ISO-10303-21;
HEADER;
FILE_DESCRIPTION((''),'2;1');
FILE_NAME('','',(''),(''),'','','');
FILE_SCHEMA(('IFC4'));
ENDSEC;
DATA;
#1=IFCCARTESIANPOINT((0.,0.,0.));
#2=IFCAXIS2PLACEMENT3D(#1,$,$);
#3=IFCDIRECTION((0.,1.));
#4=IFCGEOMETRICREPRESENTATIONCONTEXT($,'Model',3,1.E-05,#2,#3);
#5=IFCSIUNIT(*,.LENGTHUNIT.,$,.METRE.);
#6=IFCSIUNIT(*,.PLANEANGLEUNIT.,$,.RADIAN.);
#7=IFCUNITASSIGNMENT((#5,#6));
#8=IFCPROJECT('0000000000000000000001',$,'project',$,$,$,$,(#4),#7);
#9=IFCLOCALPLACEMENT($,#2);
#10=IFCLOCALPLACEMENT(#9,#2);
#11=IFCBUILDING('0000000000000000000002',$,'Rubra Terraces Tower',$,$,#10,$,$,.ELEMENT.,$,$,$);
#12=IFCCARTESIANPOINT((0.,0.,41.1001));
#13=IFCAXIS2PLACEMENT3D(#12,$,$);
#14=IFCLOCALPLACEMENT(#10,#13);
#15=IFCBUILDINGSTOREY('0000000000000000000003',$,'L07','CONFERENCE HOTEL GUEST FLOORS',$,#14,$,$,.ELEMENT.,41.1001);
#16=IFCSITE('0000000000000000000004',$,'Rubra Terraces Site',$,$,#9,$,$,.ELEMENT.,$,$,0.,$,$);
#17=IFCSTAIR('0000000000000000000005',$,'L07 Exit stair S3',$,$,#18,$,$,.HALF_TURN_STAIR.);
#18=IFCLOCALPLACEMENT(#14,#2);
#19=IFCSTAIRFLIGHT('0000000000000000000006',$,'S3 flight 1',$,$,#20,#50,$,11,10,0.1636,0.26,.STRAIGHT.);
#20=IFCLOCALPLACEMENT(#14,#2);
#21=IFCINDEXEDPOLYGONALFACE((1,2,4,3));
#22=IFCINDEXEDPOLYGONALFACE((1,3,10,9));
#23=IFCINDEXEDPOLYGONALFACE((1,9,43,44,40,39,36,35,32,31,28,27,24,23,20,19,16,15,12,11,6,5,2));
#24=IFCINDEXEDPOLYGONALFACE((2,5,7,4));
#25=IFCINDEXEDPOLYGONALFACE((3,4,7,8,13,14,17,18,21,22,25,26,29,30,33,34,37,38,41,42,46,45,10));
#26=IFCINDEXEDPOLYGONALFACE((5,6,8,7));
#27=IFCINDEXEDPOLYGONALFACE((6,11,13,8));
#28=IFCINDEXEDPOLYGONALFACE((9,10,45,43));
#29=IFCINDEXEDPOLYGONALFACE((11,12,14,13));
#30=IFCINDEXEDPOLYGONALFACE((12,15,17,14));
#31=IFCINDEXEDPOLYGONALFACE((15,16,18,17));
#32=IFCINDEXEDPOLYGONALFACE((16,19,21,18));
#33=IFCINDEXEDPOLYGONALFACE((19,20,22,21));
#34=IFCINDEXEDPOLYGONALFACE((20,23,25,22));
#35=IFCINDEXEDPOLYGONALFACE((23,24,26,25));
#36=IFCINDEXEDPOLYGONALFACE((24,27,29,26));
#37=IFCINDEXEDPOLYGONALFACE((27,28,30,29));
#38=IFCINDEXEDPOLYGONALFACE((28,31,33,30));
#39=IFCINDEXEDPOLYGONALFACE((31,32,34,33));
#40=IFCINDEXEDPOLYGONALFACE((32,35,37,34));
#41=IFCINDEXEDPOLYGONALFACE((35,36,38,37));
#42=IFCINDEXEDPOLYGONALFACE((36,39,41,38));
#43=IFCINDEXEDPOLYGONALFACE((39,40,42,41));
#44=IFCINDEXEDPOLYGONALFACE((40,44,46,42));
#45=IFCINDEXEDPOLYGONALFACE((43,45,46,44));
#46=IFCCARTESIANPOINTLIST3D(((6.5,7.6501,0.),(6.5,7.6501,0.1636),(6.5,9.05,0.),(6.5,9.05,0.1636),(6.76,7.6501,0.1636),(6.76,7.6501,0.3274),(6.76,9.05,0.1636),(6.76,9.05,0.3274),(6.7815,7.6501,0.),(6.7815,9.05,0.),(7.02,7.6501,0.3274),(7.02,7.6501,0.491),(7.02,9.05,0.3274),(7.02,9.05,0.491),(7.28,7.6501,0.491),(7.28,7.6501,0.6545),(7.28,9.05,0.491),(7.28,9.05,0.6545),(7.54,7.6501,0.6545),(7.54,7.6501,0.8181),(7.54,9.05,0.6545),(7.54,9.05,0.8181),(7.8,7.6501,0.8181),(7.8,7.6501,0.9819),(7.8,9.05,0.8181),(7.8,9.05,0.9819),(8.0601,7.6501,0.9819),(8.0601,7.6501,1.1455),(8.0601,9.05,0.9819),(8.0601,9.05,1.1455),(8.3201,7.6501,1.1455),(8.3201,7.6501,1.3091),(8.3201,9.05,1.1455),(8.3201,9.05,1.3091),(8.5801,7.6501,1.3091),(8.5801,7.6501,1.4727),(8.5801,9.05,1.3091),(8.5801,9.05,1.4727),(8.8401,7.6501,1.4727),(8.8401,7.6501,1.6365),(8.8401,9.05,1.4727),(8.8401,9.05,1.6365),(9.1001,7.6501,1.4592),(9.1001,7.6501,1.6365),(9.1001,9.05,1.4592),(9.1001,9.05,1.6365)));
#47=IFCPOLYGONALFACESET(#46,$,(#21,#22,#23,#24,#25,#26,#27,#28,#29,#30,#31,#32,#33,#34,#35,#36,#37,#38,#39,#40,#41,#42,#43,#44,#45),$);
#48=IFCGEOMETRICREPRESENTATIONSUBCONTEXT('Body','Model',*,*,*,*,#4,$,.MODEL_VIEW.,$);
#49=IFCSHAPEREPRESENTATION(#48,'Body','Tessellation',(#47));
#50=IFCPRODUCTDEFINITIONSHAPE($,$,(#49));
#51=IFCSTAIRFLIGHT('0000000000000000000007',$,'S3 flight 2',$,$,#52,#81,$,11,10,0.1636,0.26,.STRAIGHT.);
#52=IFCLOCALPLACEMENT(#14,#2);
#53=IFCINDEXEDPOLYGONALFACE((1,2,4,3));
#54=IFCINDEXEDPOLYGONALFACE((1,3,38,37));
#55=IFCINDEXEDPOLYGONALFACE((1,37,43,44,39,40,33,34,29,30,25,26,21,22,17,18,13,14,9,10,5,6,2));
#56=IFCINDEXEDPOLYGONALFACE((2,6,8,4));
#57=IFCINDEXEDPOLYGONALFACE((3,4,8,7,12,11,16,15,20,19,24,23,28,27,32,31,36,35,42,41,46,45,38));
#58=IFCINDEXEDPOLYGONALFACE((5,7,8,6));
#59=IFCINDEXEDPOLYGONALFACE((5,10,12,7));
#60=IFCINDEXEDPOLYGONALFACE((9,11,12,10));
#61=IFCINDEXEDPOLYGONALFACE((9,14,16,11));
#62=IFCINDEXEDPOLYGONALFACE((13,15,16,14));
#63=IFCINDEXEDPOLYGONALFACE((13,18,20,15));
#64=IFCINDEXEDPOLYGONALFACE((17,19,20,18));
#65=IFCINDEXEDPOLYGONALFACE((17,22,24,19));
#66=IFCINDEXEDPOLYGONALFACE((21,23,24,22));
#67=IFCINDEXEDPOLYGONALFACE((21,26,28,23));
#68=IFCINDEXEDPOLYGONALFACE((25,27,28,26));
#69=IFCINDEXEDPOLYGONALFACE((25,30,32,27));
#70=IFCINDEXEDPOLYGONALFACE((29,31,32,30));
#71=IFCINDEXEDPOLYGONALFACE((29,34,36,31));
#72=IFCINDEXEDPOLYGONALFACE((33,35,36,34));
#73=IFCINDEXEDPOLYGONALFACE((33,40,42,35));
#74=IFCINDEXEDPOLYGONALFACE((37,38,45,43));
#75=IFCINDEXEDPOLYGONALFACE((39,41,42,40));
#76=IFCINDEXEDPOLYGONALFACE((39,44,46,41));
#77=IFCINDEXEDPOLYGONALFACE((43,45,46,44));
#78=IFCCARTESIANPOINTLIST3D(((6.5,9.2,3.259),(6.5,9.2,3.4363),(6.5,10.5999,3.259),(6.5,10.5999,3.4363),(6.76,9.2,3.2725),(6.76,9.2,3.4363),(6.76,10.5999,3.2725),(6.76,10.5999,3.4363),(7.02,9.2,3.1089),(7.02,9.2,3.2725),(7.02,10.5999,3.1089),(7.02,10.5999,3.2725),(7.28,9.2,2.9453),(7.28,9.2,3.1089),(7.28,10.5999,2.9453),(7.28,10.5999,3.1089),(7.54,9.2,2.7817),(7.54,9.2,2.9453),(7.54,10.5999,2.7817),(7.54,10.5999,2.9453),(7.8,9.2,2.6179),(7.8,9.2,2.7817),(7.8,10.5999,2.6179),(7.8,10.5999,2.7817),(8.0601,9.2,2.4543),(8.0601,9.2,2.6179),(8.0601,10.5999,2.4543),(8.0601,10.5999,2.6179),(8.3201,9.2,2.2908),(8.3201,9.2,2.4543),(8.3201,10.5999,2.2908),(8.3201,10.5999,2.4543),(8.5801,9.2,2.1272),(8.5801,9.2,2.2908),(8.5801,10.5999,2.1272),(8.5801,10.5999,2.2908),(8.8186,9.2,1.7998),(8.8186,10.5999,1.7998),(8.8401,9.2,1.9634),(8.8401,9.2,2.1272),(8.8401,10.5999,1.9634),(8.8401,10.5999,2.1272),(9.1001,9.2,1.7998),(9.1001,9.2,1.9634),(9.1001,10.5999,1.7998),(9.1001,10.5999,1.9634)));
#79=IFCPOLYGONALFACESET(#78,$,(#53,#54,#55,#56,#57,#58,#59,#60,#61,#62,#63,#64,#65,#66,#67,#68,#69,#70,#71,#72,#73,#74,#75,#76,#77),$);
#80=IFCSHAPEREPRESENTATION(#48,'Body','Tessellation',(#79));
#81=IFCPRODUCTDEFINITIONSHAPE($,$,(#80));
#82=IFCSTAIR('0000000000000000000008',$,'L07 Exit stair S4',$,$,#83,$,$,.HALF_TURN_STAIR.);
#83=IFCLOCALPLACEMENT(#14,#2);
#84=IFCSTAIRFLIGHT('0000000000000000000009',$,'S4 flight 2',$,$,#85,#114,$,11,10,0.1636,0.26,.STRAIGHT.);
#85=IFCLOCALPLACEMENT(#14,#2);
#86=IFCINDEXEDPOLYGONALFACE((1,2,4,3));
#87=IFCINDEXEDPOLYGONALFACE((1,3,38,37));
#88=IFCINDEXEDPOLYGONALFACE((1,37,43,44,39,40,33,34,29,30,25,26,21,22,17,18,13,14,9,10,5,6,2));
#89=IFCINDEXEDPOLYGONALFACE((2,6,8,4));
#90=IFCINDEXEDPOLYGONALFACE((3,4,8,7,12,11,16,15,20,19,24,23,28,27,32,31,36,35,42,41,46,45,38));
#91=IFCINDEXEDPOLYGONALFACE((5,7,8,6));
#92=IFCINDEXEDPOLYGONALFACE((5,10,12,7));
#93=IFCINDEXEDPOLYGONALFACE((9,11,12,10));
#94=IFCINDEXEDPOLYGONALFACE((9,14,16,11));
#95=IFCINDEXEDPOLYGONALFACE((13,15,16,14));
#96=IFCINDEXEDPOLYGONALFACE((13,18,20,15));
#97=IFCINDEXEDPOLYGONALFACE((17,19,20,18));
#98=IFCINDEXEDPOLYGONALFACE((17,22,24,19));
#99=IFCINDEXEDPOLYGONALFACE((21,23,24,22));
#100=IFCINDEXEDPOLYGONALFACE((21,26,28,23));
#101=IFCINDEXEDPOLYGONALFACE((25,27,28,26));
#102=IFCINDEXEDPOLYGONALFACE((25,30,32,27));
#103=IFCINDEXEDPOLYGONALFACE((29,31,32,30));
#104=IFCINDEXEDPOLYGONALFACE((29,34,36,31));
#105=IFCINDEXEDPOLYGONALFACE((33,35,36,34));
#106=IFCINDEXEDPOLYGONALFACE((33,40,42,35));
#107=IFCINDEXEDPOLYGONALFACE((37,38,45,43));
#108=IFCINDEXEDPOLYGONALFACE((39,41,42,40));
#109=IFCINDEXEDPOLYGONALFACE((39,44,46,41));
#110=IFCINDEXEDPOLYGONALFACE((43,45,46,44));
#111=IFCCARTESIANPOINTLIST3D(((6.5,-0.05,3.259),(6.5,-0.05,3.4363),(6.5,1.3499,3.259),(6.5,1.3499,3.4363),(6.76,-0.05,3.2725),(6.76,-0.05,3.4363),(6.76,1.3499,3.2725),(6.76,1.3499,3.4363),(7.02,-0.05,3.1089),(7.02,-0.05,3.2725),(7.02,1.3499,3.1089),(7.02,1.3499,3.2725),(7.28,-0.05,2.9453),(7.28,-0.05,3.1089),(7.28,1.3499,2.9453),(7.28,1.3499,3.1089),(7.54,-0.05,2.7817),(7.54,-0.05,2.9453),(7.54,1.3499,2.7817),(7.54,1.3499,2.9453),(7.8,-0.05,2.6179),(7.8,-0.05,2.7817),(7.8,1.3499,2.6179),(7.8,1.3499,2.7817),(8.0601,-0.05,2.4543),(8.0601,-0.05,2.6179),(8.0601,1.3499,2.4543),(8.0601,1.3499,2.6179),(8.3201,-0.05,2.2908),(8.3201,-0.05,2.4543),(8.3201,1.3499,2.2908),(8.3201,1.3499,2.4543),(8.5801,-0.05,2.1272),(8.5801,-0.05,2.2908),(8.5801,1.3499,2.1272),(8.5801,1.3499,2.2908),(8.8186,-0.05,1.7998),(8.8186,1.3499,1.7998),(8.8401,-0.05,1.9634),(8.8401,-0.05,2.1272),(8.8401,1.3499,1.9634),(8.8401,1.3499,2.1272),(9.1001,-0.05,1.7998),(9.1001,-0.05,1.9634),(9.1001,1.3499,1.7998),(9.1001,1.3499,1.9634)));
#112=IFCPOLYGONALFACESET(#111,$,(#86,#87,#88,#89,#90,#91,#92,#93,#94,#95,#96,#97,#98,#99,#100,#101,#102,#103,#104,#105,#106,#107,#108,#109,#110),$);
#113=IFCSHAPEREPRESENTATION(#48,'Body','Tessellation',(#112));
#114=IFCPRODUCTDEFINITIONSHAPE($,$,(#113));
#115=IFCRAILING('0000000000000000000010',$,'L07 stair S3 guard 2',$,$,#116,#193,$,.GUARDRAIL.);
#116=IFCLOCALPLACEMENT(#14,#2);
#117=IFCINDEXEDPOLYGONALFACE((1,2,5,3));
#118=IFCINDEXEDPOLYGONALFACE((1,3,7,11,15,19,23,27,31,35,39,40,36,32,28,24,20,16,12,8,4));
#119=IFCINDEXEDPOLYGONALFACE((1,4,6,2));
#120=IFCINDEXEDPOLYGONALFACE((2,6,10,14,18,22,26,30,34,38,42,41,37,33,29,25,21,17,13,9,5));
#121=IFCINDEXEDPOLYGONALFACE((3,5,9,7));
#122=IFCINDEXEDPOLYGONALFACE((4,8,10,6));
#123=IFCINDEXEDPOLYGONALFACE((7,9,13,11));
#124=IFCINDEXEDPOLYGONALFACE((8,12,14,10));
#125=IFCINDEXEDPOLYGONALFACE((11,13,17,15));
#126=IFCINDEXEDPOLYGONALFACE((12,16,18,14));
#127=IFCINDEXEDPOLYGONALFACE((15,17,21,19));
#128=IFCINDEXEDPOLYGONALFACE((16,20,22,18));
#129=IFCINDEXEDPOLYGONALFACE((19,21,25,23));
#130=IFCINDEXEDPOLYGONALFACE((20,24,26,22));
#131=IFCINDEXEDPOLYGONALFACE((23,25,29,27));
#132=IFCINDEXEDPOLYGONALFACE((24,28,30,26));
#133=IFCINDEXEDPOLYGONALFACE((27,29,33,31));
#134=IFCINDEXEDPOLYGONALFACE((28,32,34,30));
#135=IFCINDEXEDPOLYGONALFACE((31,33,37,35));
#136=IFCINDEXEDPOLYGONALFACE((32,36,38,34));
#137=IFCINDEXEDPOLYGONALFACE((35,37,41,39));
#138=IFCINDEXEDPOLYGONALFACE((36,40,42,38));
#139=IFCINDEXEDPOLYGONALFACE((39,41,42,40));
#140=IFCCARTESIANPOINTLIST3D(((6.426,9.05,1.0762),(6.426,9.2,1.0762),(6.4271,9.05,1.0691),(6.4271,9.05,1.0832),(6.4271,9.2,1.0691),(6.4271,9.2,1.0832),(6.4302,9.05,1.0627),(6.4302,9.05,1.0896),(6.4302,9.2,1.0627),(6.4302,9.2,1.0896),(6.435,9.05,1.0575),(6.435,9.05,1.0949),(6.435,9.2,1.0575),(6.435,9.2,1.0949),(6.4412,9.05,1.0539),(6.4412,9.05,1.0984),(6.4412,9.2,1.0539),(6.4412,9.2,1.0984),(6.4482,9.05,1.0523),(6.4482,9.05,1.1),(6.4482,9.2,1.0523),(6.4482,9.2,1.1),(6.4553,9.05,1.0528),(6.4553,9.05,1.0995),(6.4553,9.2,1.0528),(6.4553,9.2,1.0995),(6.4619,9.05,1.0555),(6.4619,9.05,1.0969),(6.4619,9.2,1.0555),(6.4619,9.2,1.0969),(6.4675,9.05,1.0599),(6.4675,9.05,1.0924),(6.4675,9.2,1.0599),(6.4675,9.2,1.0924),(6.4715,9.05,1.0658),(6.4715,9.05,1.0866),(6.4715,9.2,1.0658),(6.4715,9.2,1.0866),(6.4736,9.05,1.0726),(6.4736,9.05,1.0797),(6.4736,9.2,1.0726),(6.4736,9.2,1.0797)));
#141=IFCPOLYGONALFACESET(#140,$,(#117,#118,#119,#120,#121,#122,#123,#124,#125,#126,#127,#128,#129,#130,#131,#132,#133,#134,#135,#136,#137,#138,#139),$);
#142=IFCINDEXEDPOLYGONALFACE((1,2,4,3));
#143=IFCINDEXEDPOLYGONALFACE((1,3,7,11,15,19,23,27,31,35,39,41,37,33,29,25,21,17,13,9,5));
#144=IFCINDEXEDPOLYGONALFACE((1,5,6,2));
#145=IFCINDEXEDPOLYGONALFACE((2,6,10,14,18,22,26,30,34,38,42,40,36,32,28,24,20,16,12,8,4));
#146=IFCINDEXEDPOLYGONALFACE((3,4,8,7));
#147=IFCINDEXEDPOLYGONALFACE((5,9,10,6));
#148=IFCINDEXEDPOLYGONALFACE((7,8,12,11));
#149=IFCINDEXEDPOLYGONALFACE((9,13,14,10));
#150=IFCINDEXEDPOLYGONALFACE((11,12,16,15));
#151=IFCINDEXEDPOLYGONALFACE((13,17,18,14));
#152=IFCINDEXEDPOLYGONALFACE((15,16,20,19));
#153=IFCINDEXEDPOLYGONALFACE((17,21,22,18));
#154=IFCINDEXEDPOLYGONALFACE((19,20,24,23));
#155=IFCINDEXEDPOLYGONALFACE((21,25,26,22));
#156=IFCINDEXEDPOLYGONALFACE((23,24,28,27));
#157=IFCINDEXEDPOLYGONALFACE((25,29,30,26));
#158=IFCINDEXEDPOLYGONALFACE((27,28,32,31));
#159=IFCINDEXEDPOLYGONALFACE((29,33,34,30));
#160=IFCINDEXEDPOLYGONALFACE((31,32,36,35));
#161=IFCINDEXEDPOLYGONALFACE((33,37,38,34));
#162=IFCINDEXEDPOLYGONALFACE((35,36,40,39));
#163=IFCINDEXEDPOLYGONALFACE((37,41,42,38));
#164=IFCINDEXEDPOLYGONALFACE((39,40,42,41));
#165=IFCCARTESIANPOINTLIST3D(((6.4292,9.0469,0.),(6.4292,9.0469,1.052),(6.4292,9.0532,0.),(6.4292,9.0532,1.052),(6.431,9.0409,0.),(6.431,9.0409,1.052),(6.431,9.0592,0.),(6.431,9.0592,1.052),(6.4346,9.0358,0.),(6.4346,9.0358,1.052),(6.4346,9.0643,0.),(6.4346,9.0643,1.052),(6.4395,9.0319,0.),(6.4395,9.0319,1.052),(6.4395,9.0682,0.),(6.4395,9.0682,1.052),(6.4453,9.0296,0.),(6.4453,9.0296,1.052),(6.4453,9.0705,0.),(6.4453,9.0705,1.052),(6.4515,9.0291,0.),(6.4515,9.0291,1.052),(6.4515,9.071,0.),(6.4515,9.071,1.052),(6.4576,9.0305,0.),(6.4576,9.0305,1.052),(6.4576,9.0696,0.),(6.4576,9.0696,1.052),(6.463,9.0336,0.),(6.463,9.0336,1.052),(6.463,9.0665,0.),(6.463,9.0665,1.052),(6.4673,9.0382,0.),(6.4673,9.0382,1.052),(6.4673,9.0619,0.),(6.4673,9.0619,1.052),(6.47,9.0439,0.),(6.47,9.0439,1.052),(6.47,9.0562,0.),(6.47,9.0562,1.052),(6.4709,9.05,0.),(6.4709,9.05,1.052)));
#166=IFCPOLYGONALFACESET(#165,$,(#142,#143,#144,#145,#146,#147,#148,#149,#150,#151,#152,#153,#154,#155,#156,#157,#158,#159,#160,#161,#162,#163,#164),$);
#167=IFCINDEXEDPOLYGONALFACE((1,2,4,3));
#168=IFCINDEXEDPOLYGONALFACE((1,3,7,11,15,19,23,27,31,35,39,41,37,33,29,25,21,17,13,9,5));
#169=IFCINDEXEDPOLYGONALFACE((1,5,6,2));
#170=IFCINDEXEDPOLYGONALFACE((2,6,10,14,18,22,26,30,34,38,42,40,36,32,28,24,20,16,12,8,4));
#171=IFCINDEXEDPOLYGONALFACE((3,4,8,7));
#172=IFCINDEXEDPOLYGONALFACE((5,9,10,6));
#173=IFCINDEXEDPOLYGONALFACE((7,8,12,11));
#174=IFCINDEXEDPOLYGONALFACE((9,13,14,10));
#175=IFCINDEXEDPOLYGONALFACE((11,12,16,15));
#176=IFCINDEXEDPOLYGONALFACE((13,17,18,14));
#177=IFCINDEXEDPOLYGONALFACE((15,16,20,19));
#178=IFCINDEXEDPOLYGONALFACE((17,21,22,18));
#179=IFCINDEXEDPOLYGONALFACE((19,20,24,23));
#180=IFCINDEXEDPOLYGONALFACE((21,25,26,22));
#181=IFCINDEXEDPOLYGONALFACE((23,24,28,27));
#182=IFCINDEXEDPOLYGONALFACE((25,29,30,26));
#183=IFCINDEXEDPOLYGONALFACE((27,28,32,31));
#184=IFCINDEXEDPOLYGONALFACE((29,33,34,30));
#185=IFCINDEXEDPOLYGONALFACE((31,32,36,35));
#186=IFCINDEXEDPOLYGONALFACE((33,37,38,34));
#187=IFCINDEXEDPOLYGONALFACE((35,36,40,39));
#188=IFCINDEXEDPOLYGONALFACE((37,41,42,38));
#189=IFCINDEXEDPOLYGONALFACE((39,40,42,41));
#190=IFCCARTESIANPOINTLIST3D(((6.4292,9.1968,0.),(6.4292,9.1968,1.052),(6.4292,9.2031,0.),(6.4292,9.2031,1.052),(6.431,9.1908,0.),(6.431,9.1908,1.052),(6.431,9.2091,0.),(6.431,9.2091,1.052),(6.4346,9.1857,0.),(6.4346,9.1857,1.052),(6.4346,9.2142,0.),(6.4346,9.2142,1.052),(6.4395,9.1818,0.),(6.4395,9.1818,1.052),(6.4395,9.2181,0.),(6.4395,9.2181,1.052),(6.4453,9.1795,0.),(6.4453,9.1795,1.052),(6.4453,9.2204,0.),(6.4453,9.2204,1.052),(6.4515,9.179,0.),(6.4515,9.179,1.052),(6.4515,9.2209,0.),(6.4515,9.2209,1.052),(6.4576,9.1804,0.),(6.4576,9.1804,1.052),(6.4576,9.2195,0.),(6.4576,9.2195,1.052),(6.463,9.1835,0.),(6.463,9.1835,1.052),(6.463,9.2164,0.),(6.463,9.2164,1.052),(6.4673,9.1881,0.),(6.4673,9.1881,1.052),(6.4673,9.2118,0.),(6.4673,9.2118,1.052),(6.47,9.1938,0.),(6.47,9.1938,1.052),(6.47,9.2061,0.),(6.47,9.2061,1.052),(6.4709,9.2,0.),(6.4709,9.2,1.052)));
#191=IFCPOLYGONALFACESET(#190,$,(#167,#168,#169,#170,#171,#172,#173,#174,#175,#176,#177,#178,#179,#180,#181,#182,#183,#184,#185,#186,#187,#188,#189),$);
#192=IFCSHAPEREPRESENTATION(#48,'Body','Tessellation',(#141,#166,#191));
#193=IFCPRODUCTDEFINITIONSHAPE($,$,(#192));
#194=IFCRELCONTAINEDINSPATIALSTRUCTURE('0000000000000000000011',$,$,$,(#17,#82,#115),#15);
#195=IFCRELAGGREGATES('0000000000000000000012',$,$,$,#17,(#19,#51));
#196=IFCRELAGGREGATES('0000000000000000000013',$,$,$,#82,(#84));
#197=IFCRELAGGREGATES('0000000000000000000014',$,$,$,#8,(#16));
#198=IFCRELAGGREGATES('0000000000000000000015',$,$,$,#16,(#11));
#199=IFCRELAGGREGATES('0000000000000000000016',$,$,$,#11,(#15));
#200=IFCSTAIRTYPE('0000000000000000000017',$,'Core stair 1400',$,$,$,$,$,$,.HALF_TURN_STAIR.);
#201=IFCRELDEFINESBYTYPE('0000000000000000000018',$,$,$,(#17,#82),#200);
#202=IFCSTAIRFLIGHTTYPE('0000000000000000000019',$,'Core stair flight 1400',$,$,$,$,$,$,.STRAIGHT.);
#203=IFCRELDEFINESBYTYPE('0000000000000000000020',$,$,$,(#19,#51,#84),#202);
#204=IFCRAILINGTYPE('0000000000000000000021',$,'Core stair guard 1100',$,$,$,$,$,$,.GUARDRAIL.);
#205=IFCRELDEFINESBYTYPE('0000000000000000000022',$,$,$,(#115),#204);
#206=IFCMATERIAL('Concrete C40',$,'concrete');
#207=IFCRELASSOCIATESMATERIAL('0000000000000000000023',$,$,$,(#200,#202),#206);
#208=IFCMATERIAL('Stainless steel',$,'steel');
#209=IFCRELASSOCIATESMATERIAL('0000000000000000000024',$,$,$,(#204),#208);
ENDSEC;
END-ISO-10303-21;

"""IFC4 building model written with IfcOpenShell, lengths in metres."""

from ifc_helpers import new_model, si_unit, direction, frame, origin, origin_2d, place, context, subcontext, project, spatial, polyline, circle, outline, extrude, material, type_object, element, aggregate, save


model = new_model("IFC4")

# Units and contexts
model_context = context("Model", 3, precision=1e-05, world=origin(), true_north=direction((0.0, 1.0)))
body_context = subcontext(model_context, "Body", "Model", "MODEL_VIEW")
ifc_project = project(units=[si_unit("LENGTHUNIT", "METRE"), si_unit("PLANEANGLEUNIT", "RADIAN")], contexts=[model_context])

# Site, building, storey
site_placement = place(None, origin())
site = spatial("IfcSite", under=ifc_project, at=site_placement, Name="Rubra Terraces Site", CompositionType="ELEMENT", RefElevation=0.0)
building_placement = place(site_placement, origin())
building = spatial("IfcBuilding", under=site, at=building_placement, Name="Rubra Terraces Tower", CompositionType="ELEMENT")
storey_placement = place(building_placement, frame((0.0, 0.0, 41.1001)))
storey = spatial("IfcBuildingStorey", under=building, at=storey_placement, Name="L07", Description="CONFERENCE HOTEL GUEST FLOORS", CompositionType="ELEMENT", Elevation=41.1001)

# Shared definitions
ifc_material_1 = material(Name="Stainless steel", Category="steel")

# Shared definitions
ifc_material_2 = material(Name="Concrete C40", Category="concrete")

# Stair, stair flights
stair_type = type_object("IfcStairType", Name="Core stair 1400", PredefinedType="HALF_TURN_STAIR", material=ifc_material_2)
stair_1_placement = place(storey_placement, origin())
stair_1 = element("IfcStair", 1, at=stair_1_placement, inside=storey, type_object=stair_type, Name="L07 Exit stair S3", PredefinedType="HALF_TURN_STAIR")
stair_flight_type = type_object("IfcStairFlightType", Name="Core stair flight 1400", PredefinedType="STRAIGHT", material=ifc_material_2)
stair_flight_1_placement = place(storey_placement, frame((6.5, 8.3501, 0.0), z_axis=(0.0, 0.0, 1.0), x_axis=(1.0, 0.0, 0.0)))
stair_flight_1 = element("IfcStairFlight", 2, at=stair_flight_1_placement, type_object=stair_flight_type, Name="S3 flight 1", NumberOfRisers=11, NumberOfTreads=10, PredefinedType="STRAIGHT", RiserHeight=0.1636, TreadLength=0.26, context=body_context, shape_type="SweptSolid", body=[
    extrude(outline(polyline([(0.0, 0.0), (0.0, 0.1636), (0.26, 0.1636), (0.26, 0.3274), (0.52, 0.3274), (0.52, 0.491), (0.78, 0.491), (0.78, 0.6545), (1.04, 0.6545), (1.04, 0.8181), (1.3, 0.8181), (1.3, 0.9819), (1.5601, 0.9819), (1.5601, 1.1455), (1.8201, 1.1455), (1.8201, 1.3091), (2.0801, 1.3091), (2.0801, 1.4727), (2.3401, 1.4727), (2.3401, 1.6365), (2.6001, 1.6365), (2.6001, 1.8), (2.6001, 1.4592), (0.2815, 0.0), (0.0, 0.0)])), frame((0.0, 0.7, 0.0), z_axis=(0.0, -1.0, 0.0), x_axis=(1.0, 0.0, 0.0)), (0.0, 0.0, 1.0), 1.3999),
])
stair_flight_2_placement = place(storey_placement, frame((9.1001, 9.8999, 1.7998), z_axis=(0.0, 0.0, 1.0), x_axis=(-1.0, 0.0, 0.0)))
stair_flight_2 = element("IfcStairFlight", 3, at=stair_flight_2_placement, type_object=stair_flight_type, Name="S3 flight 2", NumberOfRisers=11, NumberOfTreads=10, PredefinedType="STRAIGHT", RiserHeight=0.1636, TreadLength=0.26, context=body_context, shape_type="SweptSolid", body=[
    extrude(outline(polyline([(0.0, 0.0), (0.0, 0.1636), (0.26, 0.1636), (0.26, 0.3274), (0.52, 0.3274), (0.52, 0.491), (0.78, 0.491), (0.78, 0.6545), (1.04, 0.6545), (1.04, 0.8181), (1.3, 0.8181), (1.3, 0.9819), (1.5601, 0.9819), (1.5601, 1.1455), (1.8201, 1.1455), (1.8201, 1.3091), (2.0801, 1.3091), (2.0801, 1.4727), (2.3401, 1.4727), (2.3401, 1.6365), (2.6001, 1.6365), (2.6001, 1.8), (2.6001, 1.4592), (0.2815, 0.0), (0.0, 0.0)])), frame((0.0, 0.7, 0.0), z_axis=(0.0, -1.0, 0.0), x_axis=(1.0, 0.0, 0.0)), (0.0, 0.0, 1.0), 1.3999),
])
aggregate(stair_1, [stair_flight_1, stair_flight_2])

# Stair, stair flight
stair_2_placement = place(storey_placement, origin())
stair_2 = element("IfcStair", 4, at=stair_2_placement, inside=storey, type_object=stair_type, Name="L07 Exit stair S4", PredefinedType="HALF_TURN_STAIR")
stair_flight_3_placement = place(storey_placement, frame((9.1001, 0.6499, 1.7998), z_axis=(0.0, 0.0, 1.0), x_axis=(-1.0, 0.0, 0.0)))
stair_flight_3 = element("IfcStairFlight", 5, at=stair_flight_3_placement, type_object=stair_flight_type, Name="S4 flight 2", NumberOfRisers=11, NumberOfTreads=10, PredefinedType="STRAIGHT", RiserHeight=0.1636, TreadLength=0.26, context=body_context, shape_type="SweptSolid", body=[
    extrude(outline(polyline([(0.0, 0.0), (0.0, 0.1636), (0.26, 0.1636), (0.26, 0.3274), (0.52, 0.3274), (0.52, 0.491), (0.78, 0.491), (0.78, 0.6545), (1.04, 0.6545), (1.04, 0.8181), (1.3, 0.8181), (1.3, 0.9819), (1.5601, 0.9819), (1.5601, 1.1455), (1.8201, 1.1455), (1.8201, 1.3091), (2.0801, 1.3091), (2.0801, 1.4727), (2.3401, 1.4727), (2.3401, 1.6365), (2.6001, 1.6365), (2.6001, 1.8), (2.6001, 1.4592), (0.2815, 0.0), (0.0, 0.0)])), frame((0.0, 0.7, 0.0), z_axis=(0.0, -1.0, 0.0), x_axis=(1.0, 0.0, 0.0)), (0.0, 0.0, 1.0), 1.3999),
])
aggregate(stair_2, [stair_flight_3])

# Railing
railing_type_1 = type_object("IfcRailingType", Name="Core stair guard 1100", PredefinedType="GUARDRAIL", material=ifc_material_1)
railing_1_placement = place(storey_placement, frame((6.45, 9.05, 0.0)))
element("IfcRailing", 6, at=railing_1_placement, inside=storey, type_object=railing_type_1, Name="L07 stair S3 guard 2", PredefinedType="GUARDRAIL", context=body_context, shape_type="SweptSolid", body=[
    extrude(circle(Radius=0.0239, at=origin_2d()), frame((0.0, 0.0, 1.0762), z_axis=(0.0, 1.0, 0.0), x_axis=(-1.0, 0.0, 0.0)), (0.0, 0.0, 1.0), 0.1499),
    extrude(circle(Radius=0.021, at=origin_2d()), origin(), (0.0, 0.0, 1.0), 1.052),
    extrude(circle(Radius=0.021, at=origin_2d()), frame((0.0, 0.1499, 0.0)), (0.0, 0.0, 1.0), 1.052),
])

save(model, "model.ifc")
